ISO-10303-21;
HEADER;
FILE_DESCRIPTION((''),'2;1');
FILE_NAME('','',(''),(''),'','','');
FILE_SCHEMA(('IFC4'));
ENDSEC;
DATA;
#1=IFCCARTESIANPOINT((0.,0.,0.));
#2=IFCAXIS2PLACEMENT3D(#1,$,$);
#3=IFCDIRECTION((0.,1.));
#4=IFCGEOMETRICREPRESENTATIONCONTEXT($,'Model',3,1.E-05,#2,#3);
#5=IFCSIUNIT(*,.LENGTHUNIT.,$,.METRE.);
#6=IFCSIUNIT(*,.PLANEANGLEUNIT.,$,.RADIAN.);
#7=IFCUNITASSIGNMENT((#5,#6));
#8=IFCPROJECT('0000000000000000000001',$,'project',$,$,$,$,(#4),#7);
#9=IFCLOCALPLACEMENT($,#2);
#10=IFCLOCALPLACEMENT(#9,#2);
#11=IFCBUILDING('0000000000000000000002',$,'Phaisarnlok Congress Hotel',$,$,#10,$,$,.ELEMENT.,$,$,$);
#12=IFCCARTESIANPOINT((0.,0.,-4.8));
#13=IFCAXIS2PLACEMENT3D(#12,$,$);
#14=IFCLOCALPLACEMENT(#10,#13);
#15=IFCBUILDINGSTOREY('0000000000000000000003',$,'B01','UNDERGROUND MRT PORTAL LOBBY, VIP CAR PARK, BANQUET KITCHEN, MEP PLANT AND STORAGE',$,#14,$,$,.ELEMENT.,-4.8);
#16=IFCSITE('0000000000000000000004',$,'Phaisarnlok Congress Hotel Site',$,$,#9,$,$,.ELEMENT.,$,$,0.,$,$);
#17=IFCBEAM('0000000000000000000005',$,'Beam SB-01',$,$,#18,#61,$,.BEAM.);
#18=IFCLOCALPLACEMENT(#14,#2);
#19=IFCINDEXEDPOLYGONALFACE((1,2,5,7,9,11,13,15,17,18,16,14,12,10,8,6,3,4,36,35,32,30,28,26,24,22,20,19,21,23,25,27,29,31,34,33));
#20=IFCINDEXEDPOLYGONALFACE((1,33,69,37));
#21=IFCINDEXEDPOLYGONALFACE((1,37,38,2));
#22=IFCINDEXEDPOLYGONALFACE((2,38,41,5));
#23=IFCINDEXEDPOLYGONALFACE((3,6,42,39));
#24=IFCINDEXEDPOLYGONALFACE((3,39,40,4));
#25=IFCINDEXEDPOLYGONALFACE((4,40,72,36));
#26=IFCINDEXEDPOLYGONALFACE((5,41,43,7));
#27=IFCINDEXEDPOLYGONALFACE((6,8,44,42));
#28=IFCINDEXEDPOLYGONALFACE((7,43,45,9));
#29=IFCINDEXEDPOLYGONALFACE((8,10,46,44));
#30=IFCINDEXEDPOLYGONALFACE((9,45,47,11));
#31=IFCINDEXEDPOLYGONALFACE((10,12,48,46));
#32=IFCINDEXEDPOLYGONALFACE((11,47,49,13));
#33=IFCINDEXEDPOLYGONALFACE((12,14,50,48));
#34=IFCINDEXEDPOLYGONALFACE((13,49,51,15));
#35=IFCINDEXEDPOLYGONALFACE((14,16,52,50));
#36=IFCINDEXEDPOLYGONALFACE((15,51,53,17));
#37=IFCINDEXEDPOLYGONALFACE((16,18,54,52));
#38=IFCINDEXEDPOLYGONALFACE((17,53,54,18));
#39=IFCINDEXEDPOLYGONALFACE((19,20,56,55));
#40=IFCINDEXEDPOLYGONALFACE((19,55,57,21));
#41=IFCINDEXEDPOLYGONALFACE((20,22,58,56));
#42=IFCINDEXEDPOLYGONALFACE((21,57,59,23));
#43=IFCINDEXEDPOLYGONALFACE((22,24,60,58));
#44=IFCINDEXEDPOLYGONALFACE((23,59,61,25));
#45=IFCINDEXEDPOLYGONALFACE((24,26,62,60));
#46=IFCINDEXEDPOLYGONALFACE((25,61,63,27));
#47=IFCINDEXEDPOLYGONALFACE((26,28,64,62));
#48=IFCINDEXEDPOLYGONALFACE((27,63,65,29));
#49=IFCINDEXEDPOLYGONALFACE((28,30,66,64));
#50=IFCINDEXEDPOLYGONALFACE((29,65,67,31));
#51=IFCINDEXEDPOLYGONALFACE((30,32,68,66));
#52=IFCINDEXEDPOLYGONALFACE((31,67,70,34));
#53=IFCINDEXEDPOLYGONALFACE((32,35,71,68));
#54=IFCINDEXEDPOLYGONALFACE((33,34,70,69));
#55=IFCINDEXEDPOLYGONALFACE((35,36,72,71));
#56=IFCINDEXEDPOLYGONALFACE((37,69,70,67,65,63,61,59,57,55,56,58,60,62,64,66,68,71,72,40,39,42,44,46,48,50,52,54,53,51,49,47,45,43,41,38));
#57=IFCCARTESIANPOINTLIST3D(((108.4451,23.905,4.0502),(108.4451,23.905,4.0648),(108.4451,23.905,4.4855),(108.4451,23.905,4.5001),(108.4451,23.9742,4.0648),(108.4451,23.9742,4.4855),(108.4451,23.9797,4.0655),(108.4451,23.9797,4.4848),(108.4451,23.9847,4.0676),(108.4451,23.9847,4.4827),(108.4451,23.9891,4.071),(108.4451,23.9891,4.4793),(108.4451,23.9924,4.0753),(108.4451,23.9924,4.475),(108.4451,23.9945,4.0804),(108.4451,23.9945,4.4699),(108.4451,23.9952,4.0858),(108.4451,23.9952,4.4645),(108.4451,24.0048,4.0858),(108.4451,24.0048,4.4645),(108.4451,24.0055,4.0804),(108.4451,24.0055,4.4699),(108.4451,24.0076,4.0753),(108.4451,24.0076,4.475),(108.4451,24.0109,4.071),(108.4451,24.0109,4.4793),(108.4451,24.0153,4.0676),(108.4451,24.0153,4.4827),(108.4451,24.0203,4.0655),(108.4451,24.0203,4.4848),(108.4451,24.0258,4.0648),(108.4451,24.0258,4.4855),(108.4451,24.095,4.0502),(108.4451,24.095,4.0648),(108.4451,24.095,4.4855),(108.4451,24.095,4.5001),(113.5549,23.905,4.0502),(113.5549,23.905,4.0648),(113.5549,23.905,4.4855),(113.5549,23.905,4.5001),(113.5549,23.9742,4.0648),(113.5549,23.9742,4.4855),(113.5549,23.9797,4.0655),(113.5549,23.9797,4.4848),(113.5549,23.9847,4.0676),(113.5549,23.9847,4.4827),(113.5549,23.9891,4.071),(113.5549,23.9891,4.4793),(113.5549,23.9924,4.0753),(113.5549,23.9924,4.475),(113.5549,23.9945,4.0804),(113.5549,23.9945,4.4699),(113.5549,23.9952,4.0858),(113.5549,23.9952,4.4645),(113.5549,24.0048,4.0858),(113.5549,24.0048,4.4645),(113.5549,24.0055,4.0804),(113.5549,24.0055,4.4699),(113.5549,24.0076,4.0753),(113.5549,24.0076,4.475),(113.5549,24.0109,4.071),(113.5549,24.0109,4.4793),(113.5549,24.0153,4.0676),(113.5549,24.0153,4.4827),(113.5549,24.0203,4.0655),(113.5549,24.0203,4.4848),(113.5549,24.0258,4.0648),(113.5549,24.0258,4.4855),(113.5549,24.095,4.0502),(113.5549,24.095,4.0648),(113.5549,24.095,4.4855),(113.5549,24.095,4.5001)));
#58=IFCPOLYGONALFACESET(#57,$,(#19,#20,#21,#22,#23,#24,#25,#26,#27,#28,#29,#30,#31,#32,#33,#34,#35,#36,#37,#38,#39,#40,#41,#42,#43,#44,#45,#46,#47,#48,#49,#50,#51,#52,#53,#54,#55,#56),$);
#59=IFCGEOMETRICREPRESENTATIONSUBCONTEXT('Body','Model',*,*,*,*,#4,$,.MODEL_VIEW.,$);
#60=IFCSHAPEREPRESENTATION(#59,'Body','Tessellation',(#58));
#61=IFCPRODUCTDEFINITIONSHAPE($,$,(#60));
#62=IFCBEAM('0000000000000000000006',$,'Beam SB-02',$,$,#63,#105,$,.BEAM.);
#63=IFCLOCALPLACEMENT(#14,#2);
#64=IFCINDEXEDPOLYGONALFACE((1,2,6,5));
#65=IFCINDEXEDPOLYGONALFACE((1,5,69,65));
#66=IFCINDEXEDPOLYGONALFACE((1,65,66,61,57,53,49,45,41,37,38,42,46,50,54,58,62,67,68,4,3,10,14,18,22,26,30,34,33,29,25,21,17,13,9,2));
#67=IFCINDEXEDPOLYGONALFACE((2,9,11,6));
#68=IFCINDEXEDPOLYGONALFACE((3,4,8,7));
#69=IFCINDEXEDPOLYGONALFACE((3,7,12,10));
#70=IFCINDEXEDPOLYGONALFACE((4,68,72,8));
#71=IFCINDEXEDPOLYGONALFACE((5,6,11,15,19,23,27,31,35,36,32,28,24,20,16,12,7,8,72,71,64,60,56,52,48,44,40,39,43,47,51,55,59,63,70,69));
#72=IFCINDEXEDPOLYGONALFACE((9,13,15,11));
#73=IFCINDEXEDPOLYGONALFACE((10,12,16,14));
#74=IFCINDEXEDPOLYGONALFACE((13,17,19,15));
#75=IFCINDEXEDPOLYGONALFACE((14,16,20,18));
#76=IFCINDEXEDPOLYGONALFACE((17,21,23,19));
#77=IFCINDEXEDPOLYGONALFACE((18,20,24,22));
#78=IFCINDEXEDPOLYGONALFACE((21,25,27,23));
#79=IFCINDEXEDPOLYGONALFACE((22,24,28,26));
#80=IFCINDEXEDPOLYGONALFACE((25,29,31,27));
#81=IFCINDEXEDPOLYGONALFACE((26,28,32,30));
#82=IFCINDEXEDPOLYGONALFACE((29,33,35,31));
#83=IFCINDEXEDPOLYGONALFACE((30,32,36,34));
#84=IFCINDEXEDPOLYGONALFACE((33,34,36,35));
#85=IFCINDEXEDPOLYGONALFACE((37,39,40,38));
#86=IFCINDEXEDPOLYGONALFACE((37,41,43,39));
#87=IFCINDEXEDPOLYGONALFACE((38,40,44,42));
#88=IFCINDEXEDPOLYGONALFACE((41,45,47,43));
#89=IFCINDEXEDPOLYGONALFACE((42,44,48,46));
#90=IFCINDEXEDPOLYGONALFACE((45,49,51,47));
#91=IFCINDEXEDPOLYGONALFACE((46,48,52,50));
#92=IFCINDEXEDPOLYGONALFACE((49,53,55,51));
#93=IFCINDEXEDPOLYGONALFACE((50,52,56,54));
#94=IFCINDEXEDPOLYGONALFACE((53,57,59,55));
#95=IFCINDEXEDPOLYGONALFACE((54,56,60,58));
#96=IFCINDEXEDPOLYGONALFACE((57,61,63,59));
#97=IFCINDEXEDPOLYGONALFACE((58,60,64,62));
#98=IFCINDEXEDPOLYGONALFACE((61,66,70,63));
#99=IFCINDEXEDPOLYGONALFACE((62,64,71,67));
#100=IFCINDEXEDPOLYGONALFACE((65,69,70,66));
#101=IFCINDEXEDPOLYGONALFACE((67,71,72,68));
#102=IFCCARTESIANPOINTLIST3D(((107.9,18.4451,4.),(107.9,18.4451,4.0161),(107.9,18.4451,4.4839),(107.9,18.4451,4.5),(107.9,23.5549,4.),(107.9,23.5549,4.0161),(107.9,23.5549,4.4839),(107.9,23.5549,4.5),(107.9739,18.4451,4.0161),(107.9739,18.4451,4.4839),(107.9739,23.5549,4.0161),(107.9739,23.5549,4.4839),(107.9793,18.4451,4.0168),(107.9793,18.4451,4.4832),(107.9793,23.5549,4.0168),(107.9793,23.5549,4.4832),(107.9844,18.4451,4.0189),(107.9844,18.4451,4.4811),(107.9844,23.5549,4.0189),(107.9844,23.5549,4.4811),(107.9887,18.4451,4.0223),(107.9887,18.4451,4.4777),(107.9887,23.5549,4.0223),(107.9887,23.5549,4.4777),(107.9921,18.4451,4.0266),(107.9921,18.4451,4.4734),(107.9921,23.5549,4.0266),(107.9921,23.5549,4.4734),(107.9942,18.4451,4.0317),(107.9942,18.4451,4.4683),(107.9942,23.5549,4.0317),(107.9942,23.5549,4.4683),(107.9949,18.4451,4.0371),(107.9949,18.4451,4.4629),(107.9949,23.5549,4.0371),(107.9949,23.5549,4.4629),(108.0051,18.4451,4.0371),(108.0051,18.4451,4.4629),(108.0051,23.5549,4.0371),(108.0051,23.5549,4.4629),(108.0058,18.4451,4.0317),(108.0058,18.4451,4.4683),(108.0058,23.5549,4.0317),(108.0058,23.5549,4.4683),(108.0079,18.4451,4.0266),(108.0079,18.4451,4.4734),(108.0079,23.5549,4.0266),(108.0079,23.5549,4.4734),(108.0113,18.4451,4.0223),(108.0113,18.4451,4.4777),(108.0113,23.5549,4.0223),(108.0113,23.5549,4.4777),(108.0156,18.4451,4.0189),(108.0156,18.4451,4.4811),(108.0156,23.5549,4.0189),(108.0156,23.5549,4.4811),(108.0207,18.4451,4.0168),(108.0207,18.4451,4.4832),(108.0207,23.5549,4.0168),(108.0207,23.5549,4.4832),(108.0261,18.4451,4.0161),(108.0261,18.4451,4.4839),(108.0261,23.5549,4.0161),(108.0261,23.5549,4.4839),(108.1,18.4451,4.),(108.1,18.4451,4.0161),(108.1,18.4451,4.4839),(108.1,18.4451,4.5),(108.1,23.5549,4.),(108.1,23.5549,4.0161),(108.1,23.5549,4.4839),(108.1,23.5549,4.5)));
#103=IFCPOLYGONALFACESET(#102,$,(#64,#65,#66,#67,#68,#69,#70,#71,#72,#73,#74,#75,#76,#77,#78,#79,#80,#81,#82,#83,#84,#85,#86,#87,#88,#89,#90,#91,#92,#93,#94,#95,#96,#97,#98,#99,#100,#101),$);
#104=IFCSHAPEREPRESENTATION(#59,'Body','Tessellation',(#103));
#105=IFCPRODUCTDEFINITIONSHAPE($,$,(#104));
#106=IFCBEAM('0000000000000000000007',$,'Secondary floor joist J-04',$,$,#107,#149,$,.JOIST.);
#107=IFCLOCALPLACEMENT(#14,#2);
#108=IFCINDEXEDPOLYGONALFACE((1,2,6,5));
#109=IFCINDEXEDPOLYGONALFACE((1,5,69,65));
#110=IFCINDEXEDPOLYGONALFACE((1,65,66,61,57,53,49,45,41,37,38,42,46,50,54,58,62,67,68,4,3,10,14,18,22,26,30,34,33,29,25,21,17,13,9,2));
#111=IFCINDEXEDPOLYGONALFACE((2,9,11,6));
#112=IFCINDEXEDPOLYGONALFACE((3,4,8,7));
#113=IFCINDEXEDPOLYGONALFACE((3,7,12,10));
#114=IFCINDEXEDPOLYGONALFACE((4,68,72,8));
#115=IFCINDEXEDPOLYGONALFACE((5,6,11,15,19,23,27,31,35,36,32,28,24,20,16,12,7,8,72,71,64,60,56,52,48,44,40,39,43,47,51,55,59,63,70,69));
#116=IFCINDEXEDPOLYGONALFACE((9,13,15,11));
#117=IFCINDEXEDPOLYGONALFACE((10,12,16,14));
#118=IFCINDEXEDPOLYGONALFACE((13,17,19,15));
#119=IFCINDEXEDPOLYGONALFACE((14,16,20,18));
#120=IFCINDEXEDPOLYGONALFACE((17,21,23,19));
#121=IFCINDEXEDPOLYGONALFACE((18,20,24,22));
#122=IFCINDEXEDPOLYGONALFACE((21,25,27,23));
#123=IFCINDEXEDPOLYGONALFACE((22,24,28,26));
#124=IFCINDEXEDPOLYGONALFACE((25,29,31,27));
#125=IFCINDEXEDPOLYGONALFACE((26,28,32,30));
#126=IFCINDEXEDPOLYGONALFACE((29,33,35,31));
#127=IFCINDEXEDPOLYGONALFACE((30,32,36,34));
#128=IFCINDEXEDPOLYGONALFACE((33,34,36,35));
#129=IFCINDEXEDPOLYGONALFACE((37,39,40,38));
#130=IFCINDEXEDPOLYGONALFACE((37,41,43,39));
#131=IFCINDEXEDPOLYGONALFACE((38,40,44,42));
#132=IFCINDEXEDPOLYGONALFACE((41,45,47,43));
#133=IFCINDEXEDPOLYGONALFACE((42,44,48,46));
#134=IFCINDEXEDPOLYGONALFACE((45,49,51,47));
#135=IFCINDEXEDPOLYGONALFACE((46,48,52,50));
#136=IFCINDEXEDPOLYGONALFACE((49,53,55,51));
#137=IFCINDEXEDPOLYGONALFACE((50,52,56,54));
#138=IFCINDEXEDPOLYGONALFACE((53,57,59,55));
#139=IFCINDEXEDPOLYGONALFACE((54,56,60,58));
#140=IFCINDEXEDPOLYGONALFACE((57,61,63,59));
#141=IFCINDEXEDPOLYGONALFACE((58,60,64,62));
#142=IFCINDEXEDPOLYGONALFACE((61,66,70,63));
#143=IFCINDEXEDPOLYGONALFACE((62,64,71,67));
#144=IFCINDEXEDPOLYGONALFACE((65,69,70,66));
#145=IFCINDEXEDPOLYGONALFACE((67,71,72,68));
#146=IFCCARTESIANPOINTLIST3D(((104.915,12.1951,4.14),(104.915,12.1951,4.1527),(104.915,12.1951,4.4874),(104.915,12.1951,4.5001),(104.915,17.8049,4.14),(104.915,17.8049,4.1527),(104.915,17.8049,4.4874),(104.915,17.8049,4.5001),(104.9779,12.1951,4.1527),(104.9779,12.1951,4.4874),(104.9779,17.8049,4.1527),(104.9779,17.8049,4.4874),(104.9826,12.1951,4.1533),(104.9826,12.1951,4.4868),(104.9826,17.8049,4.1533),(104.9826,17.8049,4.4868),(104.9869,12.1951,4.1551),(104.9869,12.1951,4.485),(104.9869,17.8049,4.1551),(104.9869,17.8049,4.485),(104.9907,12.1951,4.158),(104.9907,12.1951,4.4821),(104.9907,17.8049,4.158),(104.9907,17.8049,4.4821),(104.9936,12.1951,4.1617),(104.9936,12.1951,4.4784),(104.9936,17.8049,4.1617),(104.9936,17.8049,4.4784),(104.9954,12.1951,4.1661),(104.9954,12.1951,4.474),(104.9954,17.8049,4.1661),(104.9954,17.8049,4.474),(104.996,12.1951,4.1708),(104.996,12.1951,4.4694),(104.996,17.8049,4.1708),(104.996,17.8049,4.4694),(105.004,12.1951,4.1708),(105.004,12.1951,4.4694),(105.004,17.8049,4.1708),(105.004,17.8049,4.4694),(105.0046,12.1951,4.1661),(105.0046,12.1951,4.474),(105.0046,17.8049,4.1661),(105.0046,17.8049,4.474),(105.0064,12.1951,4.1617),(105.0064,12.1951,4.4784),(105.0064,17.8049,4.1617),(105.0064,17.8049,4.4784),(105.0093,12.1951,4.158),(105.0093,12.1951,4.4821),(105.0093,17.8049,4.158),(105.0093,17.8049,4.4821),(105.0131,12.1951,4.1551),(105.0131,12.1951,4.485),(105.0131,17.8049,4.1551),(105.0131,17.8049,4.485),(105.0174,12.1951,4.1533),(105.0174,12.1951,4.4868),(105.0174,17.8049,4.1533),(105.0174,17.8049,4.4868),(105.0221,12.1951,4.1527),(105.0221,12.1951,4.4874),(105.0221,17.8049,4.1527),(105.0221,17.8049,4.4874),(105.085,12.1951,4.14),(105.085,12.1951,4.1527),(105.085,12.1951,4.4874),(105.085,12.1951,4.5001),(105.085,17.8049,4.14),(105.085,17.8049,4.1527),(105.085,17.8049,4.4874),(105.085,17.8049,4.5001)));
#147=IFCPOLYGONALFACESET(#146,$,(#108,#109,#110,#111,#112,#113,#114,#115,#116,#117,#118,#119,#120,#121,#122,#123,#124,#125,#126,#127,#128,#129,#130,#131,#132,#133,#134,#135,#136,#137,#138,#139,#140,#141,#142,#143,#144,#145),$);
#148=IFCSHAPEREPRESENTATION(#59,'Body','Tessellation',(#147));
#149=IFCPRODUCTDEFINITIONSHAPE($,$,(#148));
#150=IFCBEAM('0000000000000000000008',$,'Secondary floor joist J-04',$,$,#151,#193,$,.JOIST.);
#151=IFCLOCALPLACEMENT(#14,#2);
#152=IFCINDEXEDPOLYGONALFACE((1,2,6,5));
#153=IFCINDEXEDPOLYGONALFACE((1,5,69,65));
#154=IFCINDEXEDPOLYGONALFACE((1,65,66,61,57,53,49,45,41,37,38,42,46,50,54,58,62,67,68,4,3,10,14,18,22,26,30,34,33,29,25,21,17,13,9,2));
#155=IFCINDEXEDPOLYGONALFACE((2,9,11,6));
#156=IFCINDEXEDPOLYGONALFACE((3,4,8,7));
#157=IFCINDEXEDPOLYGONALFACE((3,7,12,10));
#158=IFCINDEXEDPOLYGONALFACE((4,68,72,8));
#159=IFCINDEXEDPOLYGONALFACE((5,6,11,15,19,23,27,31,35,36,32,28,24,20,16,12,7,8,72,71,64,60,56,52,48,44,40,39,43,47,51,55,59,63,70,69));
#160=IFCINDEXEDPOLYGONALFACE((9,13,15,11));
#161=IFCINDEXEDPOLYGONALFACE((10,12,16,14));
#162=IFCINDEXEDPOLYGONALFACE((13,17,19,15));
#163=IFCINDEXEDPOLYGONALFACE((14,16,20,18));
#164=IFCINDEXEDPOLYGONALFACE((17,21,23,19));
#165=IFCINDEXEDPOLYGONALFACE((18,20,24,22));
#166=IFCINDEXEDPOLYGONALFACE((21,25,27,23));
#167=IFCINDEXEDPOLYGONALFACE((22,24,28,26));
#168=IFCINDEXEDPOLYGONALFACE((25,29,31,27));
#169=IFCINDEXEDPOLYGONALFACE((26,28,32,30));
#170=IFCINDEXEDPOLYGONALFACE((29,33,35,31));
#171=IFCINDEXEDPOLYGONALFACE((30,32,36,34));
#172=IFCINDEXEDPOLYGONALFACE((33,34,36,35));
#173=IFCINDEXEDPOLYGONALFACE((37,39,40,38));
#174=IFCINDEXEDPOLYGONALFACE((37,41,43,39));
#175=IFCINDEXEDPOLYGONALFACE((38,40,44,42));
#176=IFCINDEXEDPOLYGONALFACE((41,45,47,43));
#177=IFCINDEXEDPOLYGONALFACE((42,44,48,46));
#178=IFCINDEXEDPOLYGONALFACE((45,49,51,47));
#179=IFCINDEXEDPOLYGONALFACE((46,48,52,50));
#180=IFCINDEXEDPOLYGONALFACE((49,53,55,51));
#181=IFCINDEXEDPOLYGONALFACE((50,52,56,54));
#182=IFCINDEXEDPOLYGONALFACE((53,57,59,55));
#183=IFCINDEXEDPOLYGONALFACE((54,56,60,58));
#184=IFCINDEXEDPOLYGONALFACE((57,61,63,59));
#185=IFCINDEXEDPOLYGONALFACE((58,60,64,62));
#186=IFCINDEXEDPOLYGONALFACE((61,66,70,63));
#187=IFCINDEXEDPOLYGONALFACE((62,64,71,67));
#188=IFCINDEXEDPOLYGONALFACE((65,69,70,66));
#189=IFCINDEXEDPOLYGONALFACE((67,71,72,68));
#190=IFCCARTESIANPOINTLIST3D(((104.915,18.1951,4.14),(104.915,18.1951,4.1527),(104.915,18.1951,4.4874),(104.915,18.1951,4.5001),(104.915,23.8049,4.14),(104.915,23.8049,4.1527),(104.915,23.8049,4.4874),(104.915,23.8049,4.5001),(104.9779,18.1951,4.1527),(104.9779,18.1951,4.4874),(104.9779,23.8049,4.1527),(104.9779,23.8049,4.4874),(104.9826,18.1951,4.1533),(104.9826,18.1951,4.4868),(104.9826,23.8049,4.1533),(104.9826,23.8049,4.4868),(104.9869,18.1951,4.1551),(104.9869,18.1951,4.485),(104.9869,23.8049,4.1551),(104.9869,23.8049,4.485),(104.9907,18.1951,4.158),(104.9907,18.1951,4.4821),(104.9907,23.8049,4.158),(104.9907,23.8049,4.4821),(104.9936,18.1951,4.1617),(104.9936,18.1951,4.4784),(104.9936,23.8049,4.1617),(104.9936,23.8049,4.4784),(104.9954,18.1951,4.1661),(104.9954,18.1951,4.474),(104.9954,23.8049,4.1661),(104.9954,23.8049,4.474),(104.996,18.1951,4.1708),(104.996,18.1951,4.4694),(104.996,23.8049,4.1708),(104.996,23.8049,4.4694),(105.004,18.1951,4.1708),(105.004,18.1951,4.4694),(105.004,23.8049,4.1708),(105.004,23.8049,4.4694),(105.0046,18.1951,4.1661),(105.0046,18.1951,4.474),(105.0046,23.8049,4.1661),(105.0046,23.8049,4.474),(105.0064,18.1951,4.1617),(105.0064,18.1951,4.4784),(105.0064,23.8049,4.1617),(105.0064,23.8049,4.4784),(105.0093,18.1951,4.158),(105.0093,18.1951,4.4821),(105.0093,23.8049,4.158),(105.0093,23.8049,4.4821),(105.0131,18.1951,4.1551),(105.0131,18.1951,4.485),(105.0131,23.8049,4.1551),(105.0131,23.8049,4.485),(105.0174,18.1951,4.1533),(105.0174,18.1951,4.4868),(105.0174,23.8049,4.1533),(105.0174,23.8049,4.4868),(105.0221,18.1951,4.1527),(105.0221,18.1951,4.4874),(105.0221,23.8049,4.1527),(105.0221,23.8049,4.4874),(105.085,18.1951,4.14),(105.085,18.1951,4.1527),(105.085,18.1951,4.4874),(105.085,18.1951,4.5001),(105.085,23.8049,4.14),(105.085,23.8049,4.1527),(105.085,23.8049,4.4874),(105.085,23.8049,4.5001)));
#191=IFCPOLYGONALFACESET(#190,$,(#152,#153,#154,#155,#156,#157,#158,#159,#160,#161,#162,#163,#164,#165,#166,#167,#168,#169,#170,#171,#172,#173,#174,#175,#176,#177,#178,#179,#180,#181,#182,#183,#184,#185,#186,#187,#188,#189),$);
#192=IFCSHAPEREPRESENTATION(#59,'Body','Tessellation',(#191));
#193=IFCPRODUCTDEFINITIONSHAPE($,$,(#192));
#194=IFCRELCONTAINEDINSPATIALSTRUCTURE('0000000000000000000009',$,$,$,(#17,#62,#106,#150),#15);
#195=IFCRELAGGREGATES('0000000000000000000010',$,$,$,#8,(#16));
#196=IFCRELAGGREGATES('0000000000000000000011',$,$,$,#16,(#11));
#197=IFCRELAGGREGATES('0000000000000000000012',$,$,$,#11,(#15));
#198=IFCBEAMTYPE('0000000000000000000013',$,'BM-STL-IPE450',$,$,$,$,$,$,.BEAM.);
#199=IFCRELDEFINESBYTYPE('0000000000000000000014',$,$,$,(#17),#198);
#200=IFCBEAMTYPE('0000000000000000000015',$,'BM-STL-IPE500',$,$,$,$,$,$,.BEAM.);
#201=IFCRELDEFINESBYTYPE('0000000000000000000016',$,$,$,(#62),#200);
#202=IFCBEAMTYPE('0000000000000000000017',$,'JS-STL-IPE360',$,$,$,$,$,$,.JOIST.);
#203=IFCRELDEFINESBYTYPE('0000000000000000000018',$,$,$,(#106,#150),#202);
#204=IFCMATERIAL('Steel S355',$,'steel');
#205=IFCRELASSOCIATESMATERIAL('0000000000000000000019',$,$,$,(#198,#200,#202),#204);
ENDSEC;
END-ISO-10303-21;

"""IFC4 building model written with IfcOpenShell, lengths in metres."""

from ifc_helpers import new_model, si_unit, direction, frame, origin, origin_2d, place, context, subcontext, project, spatial, i_section, extrude, material, material_profile, profile_set, type_object, element, save


model = new_model("IFC4")

# Units and contexts
model_context = context("Model", 3, precision=1e-05, world=origin(), true_north=direction((0.0, 1.0)))
body_context = subcontext(model_context, "Body", "Model", "MODEL_VIEW")
ifc_project = project(units=[si_unit("LENGTHUNIT", "METRE"), si_unit("PLANEANGLEUNIT", "RADIAN")], contexts=[model_context])

# Site, building, storey
site_placement = place(None, origin())
site = spatial("IfcSite", under=ifc_project, at=site_placement, Name="Phaisarnlok Congress Hotel Site", CompositionType="ELEMENT", RefElevation=0.0)
building_placement = place(site_placement, origin())
building = spatial("IfcBuilding", under=site, at=building_placement, Name="Phaisarnlok Congress Hotel", CompositionType="ELEMENT")
storey_placement = place(building_placement, frame((0.0, 0.0, -4.8)))
storey = spatial("IfcBuildingStorey", under=building, at=storey_placement, Name="B01", Description="UNDERGROUND MRT PORTAL LOBBY, VIP CAR PARK, BANQUET KITCHEN, MEP PLANT AND STORAGE", CompositionType="ELEMENT", Elevation=-4.8)

# Beams
ifc_material_1 = material(Name="Steel S355", Category="steel")
ifc_material_profile_1 = material_profile(ifc_material_1, i_section(OverallWidth=0.1899, OverallDepth=0.45, WebThickness=0.0095, FlangeThickness=0.0146, FilletRadius=0.021, at=origin_2d()), Name="IPE 450")
ifc_profile_set_1 = profile_set([ifc_material_profile_1], Name="Steel S355")
beam_type_1 = type_object("IfcBeamType", Name="BM-STL-IPE450", PredefinedType="BEAM", material=ifc_profile_set_1)
for number, where, z_axis, x_axis, name in (
    (1, (108.4451, 24.0, 4.2751), (1.0, 0.0, 0.0), (0.0, 1.0, 0.0), "Beam SB-01"),
):
    element("IfcBeam", number, at=place(storey_placement, frame(where, z_axis=z_axis, x_axis=x_axis)), inside=storey, type_object=beam_type_1, Name=name, PredefinedType="BEAM", context=body_context, shape_type="SweptSolid", body=[
        extrude(i_section(OverallWidth=0.1899, OverallDepth=0.45, WebThickness=0.0095, FlangeThickness=0.0146, FilletRadius=0.021, at=origin_2d()), origin(), (0.0, 0.0, 1.0), 5.1099),
    ])
ifc_material_profile_2 = material_profile(ifc_material_1, i_section(OverallWidth=0.2, OverallDepth=0.5, WebThickness=0.0103, FlangeThickness=0.0161, FilletRadius=0.021, at=origin_2d()), Name="IPE 500")
ifc_profile_set_2 = profile_set([ifc_material_profile_2], Name="Steel S355")
beam_type_2 = type_object("IfcBeamType", Name="BM-STL-IPE500", PredefinedType="BEAM", material=ifc_profile_set_2)
beam_1_placement = place(storey_placement, frame((108.0, 18.4451, 4.25), z_axis=(0.0, 1.0, 0.0), x_axis=(-1.0, 0.0, 0.0)))
element("IfcBeam", 2, at=beam_1_placement, inside=storey, type_object=beam_type_2, Name="Beam SB-02", PredefinedType="BEAM", context=body_context, shape_type="SweptSolid", body=[
    extrude(i_section(OverallWidth=0.2, OverallDepth=0.5, WebThickness=0.0103, FlangeThickness=0.0161, FilletRadius=0.021, at=origin_2d()), origin(), (0.0, 0.0, 1.0), 5.1099),
])
ifc_material_profile_3 = material_profile(ifc_material_1, i_section(OverallWidth=0.1699, OverallDepth=0.3601, WebThickness=0.0081, FlangeThickness=0.0127, FilletRadius=0.0181, at=origin_2d()), Name="IPE 360")
ifc_profile_set_3 = profile_set([ifc_material_profile_3], Name="Steel S355")
beam_type_3 = type_object("IfcBeamType", Name="JS-STL-IPE360", PredefinedType="JOIST", material=ifc_profile_set_3)
for number, where, z_axis, x_axis, name in (
    (3, (105.0, 12.1951, 4.3201), (0.0, 1.0, 0.0), (-1.0, 0.0, 0.0), "Secondary floor joist J-04"),
    (4, (105.0, 18.1951, 4.3201), (0.0, 1.0, 0.0), (-1.0, 0.0, 0.0), "Secondary floor joist J-04"),
):
    element("IfcBeam", number, at=place(storey_placement, frame(where, z_axis=z_axis, x_axis=x_axis)), inside=storey, type_object=beam_type_3, Name=name, PredefinedType="JOIST", context=body_context, shape_type="SweptSolid", body=[
        extrude(i_section(OverallWidth=0.1699, OverallDepth=0.3601, WebThickness=0.0081, FlangeThickness=0.0127, FilletRadius=0.0181, at=origin_2d()), origin(), (0.0, 0.0, 1.0), 5.6099),
    ])

save(model, "model.ifc")
